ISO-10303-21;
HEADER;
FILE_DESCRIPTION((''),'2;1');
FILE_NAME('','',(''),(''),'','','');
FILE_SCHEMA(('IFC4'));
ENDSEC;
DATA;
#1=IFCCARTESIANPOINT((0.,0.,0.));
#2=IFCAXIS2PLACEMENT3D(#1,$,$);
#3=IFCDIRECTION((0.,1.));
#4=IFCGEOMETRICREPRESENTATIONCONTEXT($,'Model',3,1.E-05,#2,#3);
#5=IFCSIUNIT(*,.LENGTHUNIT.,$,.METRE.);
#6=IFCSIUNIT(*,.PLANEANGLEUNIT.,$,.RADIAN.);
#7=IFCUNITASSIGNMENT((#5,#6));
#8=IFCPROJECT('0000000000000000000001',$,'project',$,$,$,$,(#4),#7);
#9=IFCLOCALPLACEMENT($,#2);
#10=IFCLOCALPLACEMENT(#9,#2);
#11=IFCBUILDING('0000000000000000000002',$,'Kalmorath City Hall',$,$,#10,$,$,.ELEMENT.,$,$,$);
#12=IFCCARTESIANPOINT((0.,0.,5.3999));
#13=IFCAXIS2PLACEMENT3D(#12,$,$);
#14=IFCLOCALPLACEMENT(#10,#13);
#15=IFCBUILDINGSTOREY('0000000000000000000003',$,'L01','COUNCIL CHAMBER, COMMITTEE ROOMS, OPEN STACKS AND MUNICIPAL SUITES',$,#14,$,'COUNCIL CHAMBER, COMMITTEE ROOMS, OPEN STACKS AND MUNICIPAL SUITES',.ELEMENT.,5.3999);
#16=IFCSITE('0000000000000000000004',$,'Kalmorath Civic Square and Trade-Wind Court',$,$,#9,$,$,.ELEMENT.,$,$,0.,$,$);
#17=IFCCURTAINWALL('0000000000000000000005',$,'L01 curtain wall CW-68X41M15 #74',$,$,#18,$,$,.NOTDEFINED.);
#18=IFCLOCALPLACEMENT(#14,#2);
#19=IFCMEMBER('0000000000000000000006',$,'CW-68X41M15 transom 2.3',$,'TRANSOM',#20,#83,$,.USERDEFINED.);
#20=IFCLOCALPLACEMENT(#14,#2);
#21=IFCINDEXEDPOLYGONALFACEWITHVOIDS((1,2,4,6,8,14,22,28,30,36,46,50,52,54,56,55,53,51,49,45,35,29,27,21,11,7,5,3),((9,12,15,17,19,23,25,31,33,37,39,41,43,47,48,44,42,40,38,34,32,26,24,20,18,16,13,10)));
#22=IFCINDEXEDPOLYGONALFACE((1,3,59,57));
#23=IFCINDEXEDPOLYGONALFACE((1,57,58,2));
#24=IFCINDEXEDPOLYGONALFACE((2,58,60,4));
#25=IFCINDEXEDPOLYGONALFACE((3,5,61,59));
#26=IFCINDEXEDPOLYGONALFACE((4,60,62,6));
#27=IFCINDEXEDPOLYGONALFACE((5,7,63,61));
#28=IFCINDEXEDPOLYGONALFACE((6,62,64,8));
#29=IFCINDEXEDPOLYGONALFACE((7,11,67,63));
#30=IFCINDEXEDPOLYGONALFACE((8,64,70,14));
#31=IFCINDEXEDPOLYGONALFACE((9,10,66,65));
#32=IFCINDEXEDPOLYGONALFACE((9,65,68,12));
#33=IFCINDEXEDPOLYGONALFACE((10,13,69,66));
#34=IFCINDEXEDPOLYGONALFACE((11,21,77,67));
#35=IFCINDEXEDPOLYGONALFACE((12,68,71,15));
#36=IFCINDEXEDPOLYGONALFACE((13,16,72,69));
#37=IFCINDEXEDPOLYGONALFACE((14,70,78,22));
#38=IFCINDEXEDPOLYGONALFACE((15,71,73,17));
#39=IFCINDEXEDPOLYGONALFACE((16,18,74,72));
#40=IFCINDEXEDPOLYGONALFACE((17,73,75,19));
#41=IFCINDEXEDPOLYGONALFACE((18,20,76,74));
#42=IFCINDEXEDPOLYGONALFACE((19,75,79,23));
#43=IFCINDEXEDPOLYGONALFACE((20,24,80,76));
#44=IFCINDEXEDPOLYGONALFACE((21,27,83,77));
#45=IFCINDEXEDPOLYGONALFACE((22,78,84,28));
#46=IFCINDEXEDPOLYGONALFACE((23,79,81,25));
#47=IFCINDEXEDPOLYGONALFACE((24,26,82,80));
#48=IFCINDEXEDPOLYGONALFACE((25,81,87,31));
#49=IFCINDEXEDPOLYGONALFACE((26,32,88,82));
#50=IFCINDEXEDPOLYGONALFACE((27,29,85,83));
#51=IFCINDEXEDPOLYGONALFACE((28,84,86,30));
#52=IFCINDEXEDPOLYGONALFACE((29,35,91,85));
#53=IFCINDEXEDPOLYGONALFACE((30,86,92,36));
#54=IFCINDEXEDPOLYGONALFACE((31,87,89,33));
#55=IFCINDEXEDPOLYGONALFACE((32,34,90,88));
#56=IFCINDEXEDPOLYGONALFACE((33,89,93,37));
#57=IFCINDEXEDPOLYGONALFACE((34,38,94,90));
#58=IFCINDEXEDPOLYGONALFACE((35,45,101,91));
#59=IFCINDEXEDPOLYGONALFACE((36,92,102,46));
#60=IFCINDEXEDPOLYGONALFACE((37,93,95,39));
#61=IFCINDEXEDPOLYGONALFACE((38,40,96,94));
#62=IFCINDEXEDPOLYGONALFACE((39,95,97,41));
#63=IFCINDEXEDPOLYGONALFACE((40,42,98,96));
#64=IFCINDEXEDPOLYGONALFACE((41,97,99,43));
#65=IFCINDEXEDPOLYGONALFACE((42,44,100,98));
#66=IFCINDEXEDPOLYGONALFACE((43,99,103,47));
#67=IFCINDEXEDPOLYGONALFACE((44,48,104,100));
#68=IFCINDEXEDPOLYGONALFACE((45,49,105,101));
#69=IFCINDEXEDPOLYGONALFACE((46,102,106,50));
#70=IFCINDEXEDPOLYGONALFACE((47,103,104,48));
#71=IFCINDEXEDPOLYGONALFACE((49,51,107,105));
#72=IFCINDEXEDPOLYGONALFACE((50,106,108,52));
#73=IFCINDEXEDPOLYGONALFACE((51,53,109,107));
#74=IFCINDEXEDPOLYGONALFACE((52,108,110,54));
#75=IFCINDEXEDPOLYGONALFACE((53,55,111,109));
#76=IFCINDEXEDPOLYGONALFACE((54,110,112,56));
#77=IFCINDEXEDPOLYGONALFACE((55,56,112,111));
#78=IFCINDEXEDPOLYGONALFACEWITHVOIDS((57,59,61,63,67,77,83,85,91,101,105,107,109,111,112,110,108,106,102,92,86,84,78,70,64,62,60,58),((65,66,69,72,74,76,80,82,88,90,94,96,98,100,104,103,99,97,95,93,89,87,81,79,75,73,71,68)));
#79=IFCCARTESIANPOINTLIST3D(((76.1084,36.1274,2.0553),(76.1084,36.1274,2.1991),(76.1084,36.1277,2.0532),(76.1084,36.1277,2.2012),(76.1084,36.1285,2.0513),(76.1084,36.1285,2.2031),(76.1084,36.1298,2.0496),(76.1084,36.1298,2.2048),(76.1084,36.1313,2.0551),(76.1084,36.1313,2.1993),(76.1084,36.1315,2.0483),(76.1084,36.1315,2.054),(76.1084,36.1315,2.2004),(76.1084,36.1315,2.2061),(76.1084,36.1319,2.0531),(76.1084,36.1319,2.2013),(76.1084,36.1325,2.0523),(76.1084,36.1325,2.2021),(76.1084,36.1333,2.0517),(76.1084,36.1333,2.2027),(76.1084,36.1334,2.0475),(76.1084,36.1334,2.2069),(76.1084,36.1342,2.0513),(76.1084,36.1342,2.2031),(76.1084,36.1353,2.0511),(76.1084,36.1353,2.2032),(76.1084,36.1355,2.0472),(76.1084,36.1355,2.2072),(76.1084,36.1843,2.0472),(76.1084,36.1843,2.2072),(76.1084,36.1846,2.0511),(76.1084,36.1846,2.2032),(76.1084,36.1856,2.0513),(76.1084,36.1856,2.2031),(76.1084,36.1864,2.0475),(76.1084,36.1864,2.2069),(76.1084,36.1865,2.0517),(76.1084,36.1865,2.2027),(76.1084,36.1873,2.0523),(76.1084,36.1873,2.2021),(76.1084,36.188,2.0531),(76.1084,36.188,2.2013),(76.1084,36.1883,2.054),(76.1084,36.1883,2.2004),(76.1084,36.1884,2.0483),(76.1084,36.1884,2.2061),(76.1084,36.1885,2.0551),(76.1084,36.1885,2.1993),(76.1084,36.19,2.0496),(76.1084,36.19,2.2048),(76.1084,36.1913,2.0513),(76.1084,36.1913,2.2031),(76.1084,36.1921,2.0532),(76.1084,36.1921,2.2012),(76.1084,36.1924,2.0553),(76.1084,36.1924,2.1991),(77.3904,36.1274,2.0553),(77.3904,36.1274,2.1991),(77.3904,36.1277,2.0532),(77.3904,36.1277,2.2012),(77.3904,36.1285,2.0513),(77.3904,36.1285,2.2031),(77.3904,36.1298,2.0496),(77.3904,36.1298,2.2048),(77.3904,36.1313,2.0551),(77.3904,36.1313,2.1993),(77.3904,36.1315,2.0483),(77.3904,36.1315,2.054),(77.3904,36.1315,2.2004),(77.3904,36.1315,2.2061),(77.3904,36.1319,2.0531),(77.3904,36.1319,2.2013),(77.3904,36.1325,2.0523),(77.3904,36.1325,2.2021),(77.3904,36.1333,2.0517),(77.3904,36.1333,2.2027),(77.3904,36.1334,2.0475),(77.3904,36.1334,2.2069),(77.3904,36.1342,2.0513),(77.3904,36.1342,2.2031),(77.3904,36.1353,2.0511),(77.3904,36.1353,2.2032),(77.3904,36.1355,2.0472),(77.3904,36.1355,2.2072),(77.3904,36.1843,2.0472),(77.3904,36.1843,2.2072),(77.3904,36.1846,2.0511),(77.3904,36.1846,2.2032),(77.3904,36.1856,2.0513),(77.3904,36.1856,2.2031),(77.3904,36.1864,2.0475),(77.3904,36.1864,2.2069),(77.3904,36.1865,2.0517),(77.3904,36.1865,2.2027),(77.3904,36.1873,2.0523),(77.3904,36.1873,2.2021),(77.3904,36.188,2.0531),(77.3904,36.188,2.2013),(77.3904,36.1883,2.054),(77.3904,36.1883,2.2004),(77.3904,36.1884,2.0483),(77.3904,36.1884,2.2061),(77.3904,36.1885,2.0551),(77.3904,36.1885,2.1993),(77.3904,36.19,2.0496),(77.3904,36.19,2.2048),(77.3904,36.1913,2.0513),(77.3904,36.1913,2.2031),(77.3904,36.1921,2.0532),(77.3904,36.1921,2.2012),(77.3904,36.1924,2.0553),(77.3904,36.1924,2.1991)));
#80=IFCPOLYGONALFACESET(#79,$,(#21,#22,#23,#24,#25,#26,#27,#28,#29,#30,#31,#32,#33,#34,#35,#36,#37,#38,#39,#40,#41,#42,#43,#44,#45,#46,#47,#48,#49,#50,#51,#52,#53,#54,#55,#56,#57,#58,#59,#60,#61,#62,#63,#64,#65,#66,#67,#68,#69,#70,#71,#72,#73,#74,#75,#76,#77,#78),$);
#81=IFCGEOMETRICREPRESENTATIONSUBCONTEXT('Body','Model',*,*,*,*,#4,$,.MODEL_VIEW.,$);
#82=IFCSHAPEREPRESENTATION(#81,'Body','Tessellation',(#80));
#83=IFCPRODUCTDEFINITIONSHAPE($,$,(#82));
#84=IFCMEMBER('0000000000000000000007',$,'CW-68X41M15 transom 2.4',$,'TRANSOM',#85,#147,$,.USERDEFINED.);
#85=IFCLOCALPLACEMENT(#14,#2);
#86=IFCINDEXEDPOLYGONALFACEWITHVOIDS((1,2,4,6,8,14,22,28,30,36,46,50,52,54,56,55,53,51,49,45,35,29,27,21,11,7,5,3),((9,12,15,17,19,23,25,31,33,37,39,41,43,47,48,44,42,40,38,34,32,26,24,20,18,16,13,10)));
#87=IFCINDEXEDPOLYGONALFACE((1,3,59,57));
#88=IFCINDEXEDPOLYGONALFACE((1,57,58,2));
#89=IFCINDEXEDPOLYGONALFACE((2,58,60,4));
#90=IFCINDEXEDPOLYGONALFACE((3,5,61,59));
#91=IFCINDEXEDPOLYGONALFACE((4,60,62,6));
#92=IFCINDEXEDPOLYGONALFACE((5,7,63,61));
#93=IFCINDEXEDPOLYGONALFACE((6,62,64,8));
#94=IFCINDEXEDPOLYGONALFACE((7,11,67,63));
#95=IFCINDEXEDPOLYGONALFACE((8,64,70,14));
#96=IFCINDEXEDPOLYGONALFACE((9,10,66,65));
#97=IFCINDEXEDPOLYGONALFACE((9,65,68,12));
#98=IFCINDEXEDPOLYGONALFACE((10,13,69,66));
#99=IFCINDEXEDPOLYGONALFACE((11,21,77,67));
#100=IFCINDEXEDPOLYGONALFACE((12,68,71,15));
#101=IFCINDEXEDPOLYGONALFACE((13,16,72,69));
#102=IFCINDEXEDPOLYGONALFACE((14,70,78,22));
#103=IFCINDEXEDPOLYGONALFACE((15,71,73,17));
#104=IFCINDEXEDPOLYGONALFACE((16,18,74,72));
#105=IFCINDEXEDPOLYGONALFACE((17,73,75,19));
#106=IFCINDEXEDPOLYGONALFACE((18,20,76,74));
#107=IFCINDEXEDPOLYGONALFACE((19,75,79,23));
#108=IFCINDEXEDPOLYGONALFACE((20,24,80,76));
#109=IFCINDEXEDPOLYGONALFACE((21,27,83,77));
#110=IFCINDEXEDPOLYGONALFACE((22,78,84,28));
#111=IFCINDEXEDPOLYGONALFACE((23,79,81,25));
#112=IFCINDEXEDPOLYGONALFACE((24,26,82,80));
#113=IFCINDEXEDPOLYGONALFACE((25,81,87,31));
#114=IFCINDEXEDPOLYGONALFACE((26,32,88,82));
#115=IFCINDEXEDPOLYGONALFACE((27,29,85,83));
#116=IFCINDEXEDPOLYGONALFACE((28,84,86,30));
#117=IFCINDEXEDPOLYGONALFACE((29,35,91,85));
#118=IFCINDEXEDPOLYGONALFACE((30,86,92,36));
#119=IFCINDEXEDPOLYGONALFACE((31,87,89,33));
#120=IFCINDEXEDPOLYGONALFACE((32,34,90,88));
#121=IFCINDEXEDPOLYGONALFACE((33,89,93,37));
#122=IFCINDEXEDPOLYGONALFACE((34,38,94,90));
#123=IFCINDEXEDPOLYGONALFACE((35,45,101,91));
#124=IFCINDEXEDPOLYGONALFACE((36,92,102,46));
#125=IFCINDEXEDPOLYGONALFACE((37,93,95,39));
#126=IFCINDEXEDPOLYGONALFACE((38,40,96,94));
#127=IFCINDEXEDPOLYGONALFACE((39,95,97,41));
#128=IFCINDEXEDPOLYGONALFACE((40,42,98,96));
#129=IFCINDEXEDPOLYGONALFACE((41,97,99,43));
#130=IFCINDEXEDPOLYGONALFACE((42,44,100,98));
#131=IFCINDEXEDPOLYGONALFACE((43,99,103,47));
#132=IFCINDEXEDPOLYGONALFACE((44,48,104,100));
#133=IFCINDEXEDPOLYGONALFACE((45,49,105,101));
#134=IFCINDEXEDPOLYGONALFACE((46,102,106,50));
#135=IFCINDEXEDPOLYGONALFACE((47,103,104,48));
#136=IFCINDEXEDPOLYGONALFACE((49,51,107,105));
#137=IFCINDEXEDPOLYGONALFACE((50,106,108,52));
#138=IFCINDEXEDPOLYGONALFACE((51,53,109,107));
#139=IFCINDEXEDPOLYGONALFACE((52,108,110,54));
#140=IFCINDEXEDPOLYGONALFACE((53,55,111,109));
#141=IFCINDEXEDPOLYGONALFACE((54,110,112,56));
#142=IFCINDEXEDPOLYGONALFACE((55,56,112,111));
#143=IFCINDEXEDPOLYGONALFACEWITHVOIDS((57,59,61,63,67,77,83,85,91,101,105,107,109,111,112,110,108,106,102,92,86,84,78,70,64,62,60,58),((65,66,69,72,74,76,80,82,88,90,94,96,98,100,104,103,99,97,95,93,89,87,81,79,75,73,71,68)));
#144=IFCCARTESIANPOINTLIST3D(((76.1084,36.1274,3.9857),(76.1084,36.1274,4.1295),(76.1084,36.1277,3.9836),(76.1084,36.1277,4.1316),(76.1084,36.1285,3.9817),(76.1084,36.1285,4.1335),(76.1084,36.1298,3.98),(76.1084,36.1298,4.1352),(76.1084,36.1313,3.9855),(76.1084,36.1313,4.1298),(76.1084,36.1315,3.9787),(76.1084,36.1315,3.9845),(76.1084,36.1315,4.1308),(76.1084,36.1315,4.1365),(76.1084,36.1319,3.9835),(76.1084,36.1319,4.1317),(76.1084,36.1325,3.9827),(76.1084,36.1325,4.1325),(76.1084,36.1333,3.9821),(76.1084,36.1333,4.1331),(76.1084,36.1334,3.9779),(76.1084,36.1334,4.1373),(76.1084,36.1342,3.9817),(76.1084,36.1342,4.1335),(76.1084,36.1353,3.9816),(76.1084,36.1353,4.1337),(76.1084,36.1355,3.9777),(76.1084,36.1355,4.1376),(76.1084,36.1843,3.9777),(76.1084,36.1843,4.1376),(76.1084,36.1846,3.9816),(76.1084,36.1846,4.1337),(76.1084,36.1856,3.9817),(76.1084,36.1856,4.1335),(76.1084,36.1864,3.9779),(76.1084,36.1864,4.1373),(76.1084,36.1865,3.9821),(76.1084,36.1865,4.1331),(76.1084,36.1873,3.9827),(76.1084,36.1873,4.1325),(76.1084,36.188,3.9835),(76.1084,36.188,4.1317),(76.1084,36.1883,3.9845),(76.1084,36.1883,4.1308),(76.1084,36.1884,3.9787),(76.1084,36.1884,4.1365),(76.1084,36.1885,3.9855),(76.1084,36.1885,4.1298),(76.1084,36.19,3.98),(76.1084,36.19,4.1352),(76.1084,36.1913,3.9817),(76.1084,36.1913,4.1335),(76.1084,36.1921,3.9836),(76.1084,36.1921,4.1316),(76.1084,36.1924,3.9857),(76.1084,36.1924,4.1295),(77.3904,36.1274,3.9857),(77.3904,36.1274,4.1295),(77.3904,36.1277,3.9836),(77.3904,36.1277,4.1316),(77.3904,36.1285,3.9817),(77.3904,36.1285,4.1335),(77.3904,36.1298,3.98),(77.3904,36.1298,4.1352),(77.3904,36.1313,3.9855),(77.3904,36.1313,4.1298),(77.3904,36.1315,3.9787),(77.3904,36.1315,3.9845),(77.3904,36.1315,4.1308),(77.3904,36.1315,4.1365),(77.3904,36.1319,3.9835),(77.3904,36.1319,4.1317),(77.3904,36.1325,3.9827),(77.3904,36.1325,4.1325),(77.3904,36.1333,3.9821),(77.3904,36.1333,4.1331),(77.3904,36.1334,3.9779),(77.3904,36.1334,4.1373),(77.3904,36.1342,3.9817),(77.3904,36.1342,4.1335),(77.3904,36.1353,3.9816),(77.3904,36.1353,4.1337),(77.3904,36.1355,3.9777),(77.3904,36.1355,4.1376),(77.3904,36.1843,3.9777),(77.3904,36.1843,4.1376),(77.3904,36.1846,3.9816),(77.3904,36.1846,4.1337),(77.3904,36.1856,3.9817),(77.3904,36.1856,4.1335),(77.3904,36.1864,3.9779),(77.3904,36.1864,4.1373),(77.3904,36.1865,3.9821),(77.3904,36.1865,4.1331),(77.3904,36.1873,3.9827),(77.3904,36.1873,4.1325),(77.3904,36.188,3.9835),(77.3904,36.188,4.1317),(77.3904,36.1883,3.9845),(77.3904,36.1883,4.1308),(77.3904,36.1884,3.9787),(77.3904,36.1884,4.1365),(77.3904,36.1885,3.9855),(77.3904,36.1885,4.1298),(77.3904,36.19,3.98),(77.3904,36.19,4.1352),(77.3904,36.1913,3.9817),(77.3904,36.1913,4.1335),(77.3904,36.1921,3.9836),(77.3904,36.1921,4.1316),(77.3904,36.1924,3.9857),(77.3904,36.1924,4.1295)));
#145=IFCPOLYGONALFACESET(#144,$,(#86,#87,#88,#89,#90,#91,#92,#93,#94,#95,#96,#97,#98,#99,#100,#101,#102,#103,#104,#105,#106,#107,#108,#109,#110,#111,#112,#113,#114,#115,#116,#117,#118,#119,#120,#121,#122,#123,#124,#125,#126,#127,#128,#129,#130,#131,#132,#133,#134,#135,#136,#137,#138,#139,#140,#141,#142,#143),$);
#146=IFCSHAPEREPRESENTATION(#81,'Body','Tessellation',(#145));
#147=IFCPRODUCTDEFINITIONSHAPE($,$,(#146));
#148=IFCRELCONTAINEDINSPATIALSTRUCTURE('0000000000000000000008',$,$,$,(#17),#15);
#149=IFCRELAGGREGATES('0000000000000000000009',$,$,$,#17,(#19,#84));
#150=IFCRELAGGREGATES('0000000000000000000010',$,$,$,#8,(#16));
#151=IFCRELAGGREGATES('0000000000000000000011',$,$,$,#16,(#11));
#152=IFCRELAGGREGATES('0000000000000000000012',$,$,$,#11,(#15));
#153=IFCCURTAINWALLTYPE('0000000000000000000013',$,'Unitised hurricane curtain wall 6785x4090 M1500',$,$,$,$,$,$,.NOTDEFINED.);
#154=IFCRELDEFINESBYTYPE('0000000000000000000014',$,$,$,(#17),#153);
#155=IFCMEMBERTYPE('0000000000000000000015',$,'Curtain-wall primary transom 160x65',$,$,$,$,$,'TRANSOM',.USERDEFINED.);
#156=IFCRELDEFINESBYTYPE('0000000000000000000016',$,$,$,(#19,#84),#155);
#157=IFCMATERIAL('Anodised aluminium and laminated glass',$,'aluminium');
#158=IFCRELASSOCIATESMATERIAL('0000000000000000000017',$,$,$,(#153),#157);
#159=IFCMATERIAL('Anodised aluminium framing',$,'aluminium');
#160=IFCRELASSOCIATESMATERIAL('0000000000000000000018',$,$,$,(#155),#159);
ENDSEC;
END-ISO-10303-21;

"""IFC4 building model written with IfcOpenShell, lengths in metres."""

from ifc_helpers import new_model, si_unit, direction, frame, origin, origin_2d, place, context, subcontext, project, spatial, hollow_rectangle, extrude, material, material_profile, profile_set, type_object, element, aggregate, save


model = new_model("IFC4")

# Units and contexts
model_context = context("Model", 3, precision=1e-05, world=origin(), true_north=direction((0.0, 1.0)))
body_context = subcontext(model_context, "Body", "Model", "MODEL_VIEW")
ifc_project = project(units=[si_unit("LENGTHUNIT", "METRE"), si_unit("PLANEANGLEUNIT", "RADIAN")], contexts=[model_context])

# Site, building, storey
site_placement = place(None, origin())
site = spatial("IfcSite", under=ifc_project, at=site_placement, Name="Kalmorath Civic Square and Trade-Wind Court", CompositionType="ELEMENT", RefElevation=0.0)
building_placement = place(site_placement, origin())
building = spatial("IfcBuilding", under=site, at=building_placement, Name="Kalmorath City Hall", CompositionType="ELEMENT")
storey_placement = place(building_placement, frame((0.0, 0.0, 5.3999)))
storey = spatial("IfcBuildingStorey", under=building, at=storey_placement, Name="L01", Description="COUNCIL CHAMBER, COMMITTEE ROOMS, OPEN STACKS AND MUNICIPAL SUITES", LongName="COUNCIL CHAMBER, COMMITTEE ROOMS, OPEN STACKS AND MUNICIPAL SUITES", CompositionType="ELEMENT", Elevation=5.3999)

# Curtain wall, members
ifc_material_1 = material(Name="Anodised aluminium and laminated glass", Category="aluminium")
curtain_wall_type = type_object("IfcCurtainWallType", Name="Unitised hurricane curtain wall 6785x4090 M1500", PredefinedType="NOTDEFINED", material=ifc_material_1)
curtain_wall_placement = place(storey_placement, origin())
curtain_wall = element("IfcCurtainWall", 1, at=curtain_wall_placement, inside=storey, type_object=curtain_wall_type, Name="L01 curtain wall CW-68X41M15 #74", PredefinedType="NOTDEFINED")
ifc_material_2 = material(Name="Anodised aluminium framing", Category="aluminium")
ifc_material_profile_1 = material_profile(ifc_material_2, hollow_rectangle(XDim=0.0649, YDim=0.1599, WallThickness=0.0039, InnerFilletRadius=0.0039, OuterFilletRadius=0.0081, at=origin_2d()), Name="ALU-TRN-160X65X4")
ifc_profile_set_1 = profile_set([ifc_material_profile_1], Name="Anodised aluminium framing")
member_type_1 = type_object("IfcMemberType", Name="Curtain-wall primary transom 160x65", ElementType="TRANSOM", PredefinedType="USERDEFINED", material=ifc_profile_set_1)
member_1_placement = place(storey_placement, frame((77.3904, 36.1599, 2.1272), z_axis=(-1.0, 0.0, 0.0), x_axis=(0.0, -1.0, 0.0)))
member_1 = element("IfcMember", 2, at=member_1_placement, type_object=member_type_1, Name="CW-68X41M15 transom 2.3", ObjectType="TRANSOM", PredefinedType="USERDEFINED", context=body_context, shape_type="SweptSolid", body=[
    extrude(hollow_rectangle(XDim=0.0649, YDim=0.1599, WallThickness=0.0039, InnerFilletRadius=0.0039, OuterFilletRadius=0.0081, at=origin_2d()), origin(), (0.0, 0.0, 1.0), 1.282),
])
member_2_placement = place(storey_placement, frame((77.3904, 36.1599, 4.0576), z_axis=(-1.0, 0.0, 0.0), x_axis=(0.0, -1.0, 0.0)))
member_2 = element("IfcMember", 3, at=member_2_placement, type_object=member_type_1, Name="CW-68X41M15 transom 2.4", ObjectType="TRANSOM", PredefinedType="USERDEFINED", context=body_context, shape_type="SweptSolid", body=[
    extrude(hollow_rectangle(XDim=0.0649, YDim=0.1599, WallThickness=0.0039, InnerFilletRadius=0.0039, OuterFilletRadius=0.0081, at=origin_2d()), origin(), (0.0, 0.0, 1.0), 1.282),
])
aggregate(curtain_wall, [member_1, member_2])

save(model, "model.ifc")
